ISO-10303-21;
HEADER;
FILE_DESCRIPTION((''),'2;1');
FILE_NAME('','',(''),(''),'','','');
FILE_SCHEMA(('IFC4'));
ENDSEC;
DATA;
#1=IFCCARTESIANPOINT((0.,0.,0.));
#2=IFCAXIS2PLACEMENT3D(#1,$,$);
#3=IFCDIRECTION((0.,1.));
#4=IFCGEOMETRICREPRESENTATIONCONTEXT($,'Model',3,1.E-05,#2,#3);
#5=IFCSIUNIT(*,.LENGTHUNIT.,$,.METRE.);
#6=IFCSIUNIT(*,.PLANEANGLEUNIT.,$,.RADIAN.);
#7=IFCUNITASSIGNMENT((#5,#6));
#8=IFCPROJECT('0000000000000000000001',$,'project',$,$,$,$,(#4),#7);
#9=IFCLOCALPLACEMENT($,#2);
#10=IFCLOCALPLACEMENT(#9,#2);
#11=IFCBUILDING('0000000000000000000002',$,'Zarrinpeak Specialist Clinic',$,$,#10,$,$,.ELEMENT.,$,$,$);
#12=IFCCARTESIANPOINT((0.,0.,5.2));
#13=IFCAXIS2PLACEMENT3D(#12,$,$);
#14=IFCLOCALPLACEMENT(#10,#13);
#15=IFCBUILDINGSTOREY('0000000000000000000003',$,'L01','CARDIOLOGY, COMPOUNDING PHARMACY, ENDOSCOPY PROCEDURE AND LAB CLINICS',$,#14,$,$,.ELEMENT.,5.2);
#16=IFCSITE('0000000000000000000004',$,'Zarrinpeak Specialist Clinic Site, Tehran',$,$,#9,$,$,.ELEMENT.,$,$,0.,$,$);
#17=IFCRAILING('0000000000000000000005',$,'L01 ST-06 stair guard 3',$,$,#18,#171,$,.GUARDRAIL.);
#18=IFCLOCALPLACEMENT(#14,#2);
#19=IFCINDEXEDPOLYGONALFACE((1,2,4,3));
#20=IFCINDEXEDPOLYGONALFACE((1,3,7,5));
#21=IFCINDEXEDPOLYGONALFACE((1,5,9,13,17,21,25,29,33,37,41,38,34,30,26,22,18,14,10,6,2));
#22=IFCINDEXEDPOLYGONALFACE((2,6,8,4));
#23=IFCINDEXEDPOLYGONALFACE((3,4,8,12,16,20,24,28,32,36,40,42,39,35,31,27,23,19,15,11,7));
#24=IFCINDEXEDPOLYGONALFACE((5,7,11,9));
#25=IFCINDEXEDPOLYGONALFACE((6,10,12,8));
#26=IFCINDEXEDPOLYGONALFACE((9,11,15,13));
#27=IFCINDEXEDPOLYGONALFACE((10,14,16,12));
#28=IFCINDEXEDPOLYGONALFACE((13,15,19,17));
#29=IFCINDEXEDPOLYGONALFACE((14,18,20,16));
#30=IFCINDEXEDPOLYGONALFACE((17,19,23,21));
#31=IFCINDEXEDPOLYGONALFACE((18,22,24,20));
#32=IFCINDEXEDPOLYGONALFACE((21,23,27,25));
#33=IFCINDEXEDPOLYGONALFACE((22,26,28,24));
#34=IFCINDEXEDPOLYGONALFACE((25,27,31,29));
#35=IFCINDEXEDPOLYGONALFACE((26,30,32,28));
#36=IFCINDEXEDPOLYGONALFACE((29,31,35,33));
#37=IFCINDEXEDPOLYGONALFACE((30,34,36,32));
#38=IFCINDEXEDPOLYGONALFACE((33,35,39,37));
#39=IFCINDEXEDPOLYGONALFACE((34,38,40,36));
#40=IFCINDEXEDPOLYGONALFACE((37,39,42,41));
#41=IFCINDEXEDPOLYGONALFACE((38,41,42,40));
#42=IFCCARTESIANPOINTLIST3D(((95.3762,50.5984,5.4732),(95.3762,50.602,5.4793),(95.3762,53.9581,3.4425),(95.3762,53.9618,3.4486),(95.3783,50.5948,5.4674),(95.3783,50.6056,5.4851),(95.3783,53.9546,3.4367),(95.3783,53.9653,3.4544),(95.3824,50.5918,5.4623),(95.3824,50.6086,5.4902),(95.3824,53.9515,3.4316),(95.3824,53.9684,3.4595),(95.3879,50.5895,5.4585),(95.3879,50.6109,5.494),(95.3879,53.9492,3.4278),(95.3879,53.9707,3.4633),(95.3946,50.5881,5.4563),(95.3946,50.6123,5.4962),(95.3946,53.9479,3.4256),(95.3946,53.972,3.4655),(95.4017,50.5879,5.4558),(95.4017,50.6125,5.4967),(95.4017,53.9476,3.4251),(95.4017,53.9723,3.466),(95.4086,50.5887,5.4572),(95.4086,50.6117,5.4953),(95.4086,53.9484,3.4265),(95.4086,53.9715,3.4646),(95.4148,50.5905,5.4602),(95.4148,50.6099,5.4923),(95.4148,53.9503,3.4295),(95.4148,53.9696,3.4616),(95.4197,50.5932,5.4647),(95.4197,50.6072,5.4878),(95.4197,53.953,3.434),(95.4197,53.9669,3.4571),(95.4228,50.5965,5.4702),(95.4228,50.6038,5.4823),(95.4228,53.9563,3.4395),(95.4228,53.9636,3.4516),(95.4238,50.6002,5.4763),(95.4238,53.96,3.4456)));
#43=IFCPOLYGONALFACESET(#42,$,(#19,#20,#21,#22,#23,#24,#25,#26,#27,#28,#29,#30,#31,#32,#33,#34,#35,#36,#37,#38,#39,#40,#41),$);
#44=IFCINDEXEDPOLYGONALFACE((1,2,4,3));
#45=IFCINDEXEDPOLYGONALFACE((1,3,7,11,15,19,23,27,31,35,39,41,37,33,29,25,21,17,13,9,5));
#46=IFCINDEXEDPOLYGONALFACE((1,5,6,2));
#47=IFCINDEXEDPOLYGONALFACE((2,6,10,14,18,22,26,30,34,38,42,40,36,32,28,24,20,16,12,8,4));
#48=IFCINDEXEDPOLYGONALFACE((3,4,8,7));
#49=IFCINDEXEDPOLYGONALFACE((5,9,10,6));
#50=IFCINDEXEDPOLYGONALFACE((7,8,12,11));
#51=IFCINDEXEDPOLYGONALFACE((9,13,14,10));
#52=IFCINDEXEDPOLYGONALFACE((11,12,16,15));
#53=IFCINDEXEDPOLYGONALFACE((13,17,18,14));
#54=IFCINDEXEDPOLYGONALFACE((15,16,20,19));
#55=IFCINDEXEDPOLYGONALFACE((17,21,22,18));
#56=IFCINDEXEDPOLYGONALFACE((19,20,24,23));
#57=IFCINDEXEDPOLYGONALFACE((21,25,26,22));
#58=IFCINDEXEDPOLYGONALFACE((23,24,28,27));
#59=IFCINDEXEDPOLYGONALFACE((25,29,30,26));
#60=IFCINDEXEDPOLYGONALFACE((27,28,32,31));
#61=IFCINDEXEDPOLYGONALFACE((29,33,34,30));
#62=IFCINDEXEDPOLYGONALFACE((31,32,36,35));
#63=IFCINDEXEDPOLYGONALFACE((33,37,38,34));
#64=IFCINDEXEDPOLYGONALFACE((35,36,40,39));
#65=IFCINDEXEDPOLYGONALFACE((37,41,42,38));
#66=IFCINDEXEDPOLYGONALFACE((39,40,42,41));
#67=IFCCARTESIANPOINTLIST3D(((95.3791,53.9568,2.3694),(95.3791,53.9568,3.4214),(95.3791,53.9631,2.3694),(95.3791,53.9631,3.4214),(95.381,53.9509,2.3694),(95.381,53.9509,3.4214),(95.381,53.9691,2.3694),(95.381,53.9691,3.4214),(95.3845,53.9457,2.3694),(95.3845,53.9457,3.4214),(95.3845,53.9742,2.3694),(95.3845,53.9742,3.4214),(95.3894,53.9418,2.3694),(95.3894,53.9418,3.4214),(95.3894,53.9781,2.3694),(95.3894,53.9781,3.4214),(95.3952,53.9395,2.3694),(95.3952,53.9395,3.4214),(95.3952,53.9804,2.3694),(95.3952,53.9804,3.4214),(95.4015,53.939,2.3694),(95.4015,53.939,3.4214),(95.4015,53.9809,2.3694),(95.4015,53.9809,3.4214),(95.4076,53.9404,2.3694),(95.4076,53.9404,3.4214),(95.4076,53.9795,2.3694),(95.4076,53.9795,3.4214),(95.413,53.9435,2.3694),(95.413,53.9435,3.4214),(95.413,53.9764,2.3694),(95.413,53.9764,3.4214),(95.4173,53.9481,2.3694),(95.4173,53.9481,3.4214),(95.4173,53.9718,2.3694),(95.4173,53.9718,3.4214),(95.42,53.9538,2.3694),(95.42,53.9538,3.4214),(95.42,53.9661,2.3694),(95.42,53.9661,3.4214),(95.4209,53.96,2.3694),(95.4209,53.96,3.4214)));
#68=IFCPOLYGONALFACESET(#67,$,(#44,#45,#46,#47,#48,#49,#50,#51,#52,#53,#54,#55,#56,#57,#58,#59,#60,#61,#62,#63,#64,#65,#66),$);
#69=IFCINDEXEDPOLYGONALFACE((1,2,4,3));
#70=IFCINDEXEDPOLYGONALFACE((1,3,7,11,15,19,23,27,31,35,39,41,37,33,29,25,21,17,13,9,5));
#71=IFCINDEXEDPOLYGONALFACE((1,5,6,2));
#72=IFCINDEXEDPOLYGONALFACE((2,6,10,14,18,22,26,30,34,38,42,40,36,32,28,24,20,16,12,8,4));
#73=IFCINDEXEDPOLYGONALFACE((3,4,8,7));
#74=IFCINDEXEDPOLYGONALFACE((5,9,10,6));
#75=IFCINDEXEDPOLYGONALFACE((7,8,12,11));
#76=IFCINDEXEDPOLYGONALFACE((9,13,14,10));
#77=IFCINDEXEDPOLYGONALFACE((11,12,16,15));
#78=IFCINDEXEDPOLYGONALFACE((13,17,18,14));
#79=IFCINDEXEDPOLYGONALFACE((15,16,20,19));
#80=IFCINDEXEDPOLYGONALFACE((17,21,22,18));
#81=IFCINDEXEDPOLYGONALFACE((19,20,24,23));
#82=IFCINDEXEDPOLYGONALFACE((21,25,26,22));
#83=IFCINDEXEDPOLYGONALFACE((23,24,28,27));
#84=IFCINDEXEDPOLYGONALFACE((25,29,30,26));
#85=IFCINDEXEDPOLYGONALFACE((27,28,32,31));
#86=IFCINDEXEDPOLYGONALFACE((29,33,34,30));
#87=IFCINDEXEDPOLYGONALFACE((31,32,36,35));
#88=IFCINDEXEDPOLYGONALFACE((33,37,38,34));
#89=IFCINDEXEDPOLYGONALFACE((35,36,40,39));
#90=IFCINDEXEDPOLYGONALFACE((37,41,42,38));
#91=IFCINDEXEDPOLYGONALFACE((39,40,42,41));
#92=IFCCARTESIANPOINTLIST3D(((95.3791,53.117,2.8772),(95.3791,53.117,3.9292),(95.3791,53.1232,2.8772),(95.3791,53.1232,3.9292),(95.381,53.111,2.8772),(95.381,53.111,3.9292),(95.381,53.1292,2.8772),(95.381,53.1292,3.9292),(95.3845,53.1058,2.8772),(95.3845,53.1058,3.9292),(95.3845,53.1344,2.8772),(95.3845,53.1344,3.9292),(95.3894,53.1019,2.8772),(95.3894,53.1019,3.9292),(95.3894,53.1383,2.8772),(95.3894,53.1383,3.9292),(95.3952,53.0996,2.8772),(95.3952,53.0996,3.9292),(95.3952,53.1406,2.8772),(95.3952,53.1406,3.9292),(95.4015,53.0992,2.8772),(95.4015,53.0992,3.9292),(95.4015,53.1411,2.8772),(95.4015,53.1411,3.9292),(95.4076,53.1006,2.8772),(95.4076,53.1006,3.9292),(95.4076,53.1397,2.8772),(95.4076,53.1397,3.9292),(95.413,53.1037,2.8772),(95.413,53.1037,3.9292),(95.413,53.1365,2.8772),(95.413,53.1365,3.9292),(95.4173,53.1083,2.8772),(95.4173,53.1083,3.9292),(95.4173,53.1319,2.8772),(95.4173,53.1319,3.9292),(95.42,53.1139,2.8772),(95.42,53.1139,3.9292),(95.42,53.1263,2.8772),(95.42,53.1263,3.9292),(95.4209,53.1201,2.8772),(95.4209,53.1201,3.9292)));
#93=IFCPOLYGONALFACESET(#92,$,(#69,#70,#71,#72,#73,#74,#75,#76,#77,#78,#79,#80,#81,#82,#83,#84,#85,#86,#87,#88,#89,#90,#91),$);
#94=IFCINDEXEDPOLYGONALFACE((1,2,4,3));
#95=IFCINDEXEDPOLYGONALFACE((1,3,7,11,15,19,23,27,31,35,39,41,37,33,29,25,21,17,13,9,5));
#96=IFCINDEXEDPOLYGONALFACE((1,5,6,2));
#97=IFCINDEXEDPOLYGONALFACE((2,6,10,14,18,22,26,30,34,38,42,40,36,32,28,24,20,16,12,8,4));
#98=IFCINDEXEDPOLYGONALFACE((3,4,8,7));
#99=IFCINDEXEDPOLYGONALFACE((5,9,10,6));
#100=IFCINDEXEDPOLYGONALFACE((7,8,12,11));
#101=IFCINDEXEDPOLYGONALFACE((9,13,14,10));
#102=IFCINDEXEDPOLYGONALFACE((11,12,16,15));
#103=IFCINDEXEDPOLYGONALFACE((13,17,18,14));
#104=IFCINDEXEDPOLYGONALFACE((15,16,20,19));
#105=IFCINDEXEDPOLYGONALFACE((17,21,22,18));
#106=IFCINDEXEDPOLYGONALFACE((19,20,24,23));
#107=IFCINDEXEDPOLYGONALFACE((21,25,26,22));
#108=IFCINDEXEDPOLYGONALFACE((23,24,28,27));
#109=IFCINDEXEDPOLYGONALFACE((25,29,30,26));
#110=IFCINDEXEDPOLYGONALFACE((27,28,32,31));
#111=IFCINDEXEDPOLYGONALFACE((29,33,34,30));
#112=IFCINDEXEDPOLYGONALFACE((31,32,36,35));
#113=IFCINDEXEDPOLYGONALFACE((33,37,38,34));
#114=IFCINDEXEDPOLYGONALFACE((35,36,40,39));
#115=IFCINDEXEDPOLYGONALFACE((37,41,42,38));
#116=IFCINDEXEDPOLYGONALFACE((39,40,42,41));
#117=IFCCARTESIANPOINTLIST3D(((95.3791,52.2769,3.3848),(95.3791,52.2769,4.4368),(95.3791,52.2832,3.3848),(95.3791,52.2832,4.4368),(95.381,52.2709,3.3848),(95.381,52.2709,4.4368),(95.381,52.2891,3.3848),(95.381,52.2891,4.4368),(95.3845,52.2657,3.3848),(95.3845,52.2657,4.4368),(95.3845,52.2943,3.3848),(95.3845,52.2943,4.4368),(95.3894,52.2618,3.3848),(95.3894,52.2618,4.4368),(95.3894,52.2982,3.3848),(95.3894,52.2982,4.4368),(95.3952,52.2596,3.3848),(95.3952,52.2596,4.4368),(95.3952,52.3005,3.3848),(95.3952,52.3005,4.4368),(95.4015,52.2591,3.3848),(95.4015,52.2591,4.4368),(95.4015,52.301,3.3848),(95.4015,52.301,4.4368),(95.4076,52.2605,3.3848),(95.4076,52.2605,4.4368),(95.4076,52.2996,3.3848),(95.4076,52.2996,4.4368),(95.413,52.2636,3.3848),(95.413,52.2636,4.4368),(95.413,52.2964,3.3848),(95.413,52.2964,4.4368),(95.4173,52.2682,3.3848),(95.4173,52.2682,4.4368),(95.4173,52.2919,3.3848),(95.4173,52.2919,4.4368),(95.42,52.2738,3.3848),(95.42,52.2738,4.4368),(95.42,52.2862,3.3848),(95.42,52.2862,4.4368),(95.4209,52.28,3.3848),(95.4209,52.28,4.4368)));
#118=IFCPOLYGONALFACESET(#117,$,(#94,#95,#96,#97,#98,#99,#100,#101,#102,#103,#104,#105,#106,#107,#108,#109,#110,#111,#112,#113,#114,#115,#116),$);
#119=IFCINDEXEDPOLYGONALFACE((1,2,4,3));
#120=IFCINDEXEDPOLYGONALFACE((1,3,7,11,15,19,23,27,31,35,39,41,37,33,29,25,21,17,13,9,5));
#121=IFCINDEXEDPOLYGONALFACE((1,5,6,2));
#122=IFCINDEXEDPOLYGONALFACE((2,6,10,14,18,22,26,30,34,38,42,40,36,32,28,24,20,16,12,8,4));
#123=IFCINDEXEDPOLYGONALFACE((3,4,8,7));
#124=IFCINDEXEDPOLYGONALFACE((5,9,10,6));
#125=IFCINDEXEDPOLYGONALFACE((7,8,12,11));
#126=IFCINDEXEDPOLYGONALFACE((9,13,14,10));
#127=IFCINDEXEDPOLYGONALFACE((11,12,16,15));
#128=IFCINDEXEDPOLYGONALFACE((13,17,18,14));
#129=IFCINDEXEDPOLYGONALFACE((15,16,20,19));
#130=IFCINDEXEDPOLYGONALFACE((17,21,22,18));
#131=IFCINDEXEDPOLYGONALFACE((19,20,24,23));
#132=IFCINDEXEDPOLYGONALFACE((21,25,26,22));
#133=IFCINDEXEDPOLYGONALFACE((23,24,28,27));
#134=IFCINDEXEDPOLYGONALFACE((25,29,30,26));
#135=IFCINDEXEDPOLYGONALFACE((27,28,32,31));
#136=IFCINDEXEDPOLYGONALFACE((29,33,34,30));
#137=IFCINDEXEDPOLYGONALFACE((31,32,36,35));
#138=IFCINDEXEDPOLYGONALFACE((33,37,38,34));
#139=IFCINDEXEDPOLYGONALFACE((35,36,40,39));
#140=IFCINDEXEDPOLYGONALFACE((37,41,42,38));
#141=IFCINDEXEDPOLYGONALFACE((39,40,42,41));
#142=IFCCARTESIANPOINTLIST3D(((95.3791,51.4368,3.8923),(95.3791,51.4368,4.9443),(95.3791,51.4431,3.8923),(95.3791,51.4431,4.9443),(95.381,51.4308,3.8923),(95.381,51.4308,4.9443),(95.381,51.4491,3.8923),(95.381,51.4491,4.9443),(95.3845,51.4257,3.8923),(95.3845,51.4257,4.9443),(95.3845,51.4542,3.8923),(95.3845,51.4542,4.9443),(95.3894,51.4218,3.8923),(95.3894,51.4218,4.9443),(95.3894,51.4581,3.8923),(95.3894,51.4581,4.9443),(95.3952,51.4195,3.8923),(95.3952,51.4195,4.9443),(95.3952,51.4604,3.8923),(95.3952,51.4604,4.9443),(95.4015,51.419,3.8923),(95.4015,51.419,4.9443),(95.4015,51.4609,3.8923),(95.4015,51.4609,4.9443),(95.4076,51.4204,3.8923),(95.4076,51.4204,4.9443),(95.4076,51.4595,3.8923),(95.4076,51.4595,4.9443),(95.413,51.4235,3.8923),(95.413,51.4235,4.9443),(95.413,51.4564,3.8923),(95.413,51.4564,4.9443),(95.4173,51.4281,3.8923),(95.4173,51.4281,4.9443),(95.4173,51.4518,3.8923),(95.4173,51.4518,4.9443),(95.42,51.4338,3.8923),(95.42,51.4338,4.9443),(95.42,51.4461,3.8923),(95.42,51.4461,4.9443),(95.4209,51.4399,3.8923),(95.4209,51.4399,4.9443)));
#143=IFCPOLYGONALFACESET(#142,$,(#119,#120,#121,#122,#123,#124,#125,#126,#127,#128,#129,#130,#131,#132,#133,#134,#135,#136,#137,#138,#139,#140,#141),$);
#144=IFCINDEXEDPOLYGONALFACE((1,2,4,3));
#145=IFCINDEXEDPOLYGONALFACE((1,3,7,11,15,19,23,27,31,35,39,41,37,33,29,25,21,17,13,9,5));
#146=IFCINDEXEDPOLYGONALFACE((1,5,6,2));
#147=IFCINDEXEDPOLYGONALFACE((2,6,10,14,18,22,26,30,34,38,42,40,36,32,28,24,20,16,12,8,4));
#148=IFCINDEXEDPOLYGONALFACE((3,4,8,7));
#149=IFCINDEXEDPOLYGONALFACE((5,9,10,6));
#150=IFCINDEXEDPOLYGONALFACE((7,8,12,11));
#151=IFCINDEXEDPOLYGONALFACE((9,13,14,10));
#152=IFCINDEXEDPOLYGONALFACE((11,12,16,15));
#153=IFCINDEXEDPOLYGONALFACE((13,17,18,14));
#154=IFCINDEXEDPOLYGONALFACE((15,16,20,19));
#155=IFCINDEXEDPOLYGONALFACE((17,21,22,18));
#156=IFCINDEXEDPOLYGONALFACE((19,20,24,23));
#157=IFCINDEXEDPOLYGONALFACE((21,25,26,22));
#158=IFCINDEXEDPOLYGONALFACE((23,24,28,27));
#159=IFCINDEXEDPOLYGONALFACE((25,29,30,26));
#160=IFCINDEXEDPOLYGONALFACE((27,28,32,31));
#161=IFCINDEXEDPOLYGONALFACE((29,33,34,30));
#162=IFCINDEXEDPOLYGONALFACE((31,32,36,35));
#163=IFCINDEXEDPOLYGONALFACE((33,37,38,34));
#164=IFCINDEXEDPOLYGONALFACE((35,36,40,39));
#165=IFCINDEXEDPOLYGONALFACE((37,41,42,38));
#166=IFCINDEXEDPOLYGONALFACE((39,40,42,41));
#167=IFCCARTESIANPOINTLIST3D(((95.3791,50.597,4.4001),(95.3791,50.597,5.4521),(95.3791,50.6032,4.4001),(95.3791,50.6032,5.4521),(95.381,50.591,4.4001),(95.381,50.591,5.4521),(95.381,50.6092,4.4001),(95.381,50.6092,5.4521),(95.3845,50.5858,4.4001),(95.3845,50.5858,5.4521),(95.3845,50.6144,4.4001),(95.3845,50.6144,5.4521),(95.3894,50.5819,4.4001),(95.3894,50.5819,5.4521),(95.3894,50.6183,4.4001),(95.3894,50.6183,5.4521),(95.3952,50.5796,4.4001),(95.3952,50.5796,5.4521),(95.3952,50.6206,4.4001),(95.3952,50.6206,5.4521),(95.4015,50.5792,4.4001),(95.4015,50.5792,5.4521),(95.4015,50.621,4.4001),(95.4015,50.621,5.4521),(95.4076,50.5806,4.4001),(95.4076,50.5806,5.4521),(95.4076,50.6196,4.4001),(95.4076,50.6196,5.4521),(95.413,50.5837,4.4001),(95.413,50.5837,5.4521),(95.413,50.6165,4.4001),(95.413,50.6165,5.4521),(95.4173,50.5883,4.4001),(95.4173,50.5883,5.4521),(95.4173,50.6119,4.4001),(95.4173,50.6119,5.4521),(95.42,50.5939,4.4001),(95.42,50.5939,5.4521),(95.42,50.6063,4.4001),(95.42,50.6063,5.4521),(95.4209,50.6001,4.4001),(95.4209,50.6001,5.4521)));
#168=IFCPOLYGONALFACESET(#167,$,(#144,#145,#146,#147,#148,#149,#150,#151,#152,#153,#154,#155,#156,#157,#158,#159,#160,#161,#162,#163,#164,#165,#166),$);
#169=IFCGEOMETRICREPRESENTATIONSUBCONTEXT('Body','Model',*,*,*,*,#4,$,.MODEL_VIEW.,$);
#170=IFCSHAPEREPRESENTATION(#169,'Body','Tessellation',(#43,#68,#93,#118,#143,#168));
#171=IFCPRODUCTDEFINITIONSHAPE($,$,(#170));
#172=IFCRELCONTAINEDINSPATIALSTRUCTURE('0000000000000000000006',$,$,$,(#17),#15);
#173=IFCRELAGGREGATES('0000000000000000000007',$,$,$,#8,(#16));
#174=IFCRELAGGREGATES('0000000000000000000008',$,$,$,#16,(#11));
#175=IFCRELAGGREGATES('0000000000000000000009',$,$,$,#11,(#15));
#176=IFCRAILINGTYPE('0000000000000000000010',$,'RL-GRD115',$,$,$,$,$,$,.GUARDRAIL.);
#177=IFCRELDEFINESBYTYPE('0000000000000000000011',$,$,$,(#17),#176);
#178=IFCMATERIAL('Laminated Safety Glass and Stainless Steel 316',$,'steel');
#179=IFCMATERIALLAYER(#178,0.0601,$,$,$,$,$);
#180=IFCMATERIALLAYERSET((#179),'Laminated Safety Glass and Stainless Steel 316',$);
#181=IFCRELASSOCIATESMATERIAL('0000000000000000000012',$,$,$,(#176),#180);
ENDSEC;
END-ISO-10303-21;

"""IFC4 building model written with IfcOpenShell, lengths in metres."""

from ifc_helpers import new_model, si_unit, direction, frame, origin, origin_2d, place, context, subcontext, project, spatial, circle, extrude, material, layer, layer_set, type_object, element, save


model = new_model("IFC4")

# Units and contexts
model_context = context("Model", 3, precision=1e-05, world=origin(), true_north=direction((0.0, 1.0)))
body_context = subcontext(model_context, "Body", "Model", "MODEL_VIEW")
ifc_project = project(units=[si_unit("LENGTHUNIT", "METRE"), si_unit("PLANEANGLEUNIT", "RADIAN")], contexts=[model_context])

# Site, building, storey
site_placement = place(None, origin())
site = spatial("IfcSite", under=ifc_project, at=site_placement, Name="Zarrinpeak Specialist Clinic Site, Tehran", CompositionType="ELEMENT", RefElevation=0.0)
building_placement = place(site_placement, origin())
building = spatial("IfcBuilding", under=site, at=building_placement, Name="Zarrinpeak Specialist Clinic", CompositionType="ELEMENT")
storey_placement = place(building_placement, frame((0.0, 0.0, 5.2)))
storey = spatial("IfcBuildingStorey", under=building, at=storey_placement, Name="L01", Description="CARDIOLOGY, COMPOUNDING PHARMACY, ENDOSCOPY PROCEDURE AND LAB CLINICS", CompositionType="ELEMENT", Elevation=5.2)

# Railing
ifc_material_1 = material(Name="Laminated Safety Glass and Stainless Steel 316", Category="steel")
ifc_layer_1 = layer(ifc_material_1, 0.0601)
ifc_layer_set_1 = layer_set([ifc_layer_1], Name="Laminated Safety Glass and Stainless Steel 316")
railing_type_1 = type_object("IfcRailingType", Name="RL-GRD115", PredefinedType="GUARDRAIL", material=ifc_layer_set_1)
railing_1_placement = place(storey_placement, frame((95.3999, 53.96, 2.3694)))
element("IfcRailing", 1, at=railing_1_placement, inside=storey, type_object=railing_type_1, Name="L01 ST-06 stair guard 3", PredefinedType="GUARDRAIL", context=body_context, shape_type="SweptSolid", body=[
    extrude(circle(Radius=0.0239, at=origin_2d()), frame((0.0, 0.0, 1.0762), z_axis=(0.0, -0.85582, 0.517273), x_axis=(1.0, 0.0, 0.0)), (0.0, 0.0, 1.0), 3.9258),
    extrude(circle(Radius=0.021, at=origin_2d()), origin(), (0.0, 0.0, 1.0), 1.052),
    extrude(circle(Radius=0.021, at=origin_2d()), frame((0.0, -0.8398, 0.5078)), (0.0, 0.0, 1.0), 1.052),
    extrude(circle(Radius=0.021, at=origin_2d()), frame((0.0, -1.6799, 1.0154)), (0.0, 0.0, 1.0), 1.052),
    extrude(circle(Radius=0.021, at=origin_2d()), frame((0.0, -2.52, 1.5229)), (0.0, 0.0, 1.0), 1.052),
    extrude(circle(Radius=0.021, at=origin_2d()), frame((0.0, -3.3599, 2.0308)), (0.0, 0.0, 1.0), 1.052),
])

save(model, "model.ifc")
